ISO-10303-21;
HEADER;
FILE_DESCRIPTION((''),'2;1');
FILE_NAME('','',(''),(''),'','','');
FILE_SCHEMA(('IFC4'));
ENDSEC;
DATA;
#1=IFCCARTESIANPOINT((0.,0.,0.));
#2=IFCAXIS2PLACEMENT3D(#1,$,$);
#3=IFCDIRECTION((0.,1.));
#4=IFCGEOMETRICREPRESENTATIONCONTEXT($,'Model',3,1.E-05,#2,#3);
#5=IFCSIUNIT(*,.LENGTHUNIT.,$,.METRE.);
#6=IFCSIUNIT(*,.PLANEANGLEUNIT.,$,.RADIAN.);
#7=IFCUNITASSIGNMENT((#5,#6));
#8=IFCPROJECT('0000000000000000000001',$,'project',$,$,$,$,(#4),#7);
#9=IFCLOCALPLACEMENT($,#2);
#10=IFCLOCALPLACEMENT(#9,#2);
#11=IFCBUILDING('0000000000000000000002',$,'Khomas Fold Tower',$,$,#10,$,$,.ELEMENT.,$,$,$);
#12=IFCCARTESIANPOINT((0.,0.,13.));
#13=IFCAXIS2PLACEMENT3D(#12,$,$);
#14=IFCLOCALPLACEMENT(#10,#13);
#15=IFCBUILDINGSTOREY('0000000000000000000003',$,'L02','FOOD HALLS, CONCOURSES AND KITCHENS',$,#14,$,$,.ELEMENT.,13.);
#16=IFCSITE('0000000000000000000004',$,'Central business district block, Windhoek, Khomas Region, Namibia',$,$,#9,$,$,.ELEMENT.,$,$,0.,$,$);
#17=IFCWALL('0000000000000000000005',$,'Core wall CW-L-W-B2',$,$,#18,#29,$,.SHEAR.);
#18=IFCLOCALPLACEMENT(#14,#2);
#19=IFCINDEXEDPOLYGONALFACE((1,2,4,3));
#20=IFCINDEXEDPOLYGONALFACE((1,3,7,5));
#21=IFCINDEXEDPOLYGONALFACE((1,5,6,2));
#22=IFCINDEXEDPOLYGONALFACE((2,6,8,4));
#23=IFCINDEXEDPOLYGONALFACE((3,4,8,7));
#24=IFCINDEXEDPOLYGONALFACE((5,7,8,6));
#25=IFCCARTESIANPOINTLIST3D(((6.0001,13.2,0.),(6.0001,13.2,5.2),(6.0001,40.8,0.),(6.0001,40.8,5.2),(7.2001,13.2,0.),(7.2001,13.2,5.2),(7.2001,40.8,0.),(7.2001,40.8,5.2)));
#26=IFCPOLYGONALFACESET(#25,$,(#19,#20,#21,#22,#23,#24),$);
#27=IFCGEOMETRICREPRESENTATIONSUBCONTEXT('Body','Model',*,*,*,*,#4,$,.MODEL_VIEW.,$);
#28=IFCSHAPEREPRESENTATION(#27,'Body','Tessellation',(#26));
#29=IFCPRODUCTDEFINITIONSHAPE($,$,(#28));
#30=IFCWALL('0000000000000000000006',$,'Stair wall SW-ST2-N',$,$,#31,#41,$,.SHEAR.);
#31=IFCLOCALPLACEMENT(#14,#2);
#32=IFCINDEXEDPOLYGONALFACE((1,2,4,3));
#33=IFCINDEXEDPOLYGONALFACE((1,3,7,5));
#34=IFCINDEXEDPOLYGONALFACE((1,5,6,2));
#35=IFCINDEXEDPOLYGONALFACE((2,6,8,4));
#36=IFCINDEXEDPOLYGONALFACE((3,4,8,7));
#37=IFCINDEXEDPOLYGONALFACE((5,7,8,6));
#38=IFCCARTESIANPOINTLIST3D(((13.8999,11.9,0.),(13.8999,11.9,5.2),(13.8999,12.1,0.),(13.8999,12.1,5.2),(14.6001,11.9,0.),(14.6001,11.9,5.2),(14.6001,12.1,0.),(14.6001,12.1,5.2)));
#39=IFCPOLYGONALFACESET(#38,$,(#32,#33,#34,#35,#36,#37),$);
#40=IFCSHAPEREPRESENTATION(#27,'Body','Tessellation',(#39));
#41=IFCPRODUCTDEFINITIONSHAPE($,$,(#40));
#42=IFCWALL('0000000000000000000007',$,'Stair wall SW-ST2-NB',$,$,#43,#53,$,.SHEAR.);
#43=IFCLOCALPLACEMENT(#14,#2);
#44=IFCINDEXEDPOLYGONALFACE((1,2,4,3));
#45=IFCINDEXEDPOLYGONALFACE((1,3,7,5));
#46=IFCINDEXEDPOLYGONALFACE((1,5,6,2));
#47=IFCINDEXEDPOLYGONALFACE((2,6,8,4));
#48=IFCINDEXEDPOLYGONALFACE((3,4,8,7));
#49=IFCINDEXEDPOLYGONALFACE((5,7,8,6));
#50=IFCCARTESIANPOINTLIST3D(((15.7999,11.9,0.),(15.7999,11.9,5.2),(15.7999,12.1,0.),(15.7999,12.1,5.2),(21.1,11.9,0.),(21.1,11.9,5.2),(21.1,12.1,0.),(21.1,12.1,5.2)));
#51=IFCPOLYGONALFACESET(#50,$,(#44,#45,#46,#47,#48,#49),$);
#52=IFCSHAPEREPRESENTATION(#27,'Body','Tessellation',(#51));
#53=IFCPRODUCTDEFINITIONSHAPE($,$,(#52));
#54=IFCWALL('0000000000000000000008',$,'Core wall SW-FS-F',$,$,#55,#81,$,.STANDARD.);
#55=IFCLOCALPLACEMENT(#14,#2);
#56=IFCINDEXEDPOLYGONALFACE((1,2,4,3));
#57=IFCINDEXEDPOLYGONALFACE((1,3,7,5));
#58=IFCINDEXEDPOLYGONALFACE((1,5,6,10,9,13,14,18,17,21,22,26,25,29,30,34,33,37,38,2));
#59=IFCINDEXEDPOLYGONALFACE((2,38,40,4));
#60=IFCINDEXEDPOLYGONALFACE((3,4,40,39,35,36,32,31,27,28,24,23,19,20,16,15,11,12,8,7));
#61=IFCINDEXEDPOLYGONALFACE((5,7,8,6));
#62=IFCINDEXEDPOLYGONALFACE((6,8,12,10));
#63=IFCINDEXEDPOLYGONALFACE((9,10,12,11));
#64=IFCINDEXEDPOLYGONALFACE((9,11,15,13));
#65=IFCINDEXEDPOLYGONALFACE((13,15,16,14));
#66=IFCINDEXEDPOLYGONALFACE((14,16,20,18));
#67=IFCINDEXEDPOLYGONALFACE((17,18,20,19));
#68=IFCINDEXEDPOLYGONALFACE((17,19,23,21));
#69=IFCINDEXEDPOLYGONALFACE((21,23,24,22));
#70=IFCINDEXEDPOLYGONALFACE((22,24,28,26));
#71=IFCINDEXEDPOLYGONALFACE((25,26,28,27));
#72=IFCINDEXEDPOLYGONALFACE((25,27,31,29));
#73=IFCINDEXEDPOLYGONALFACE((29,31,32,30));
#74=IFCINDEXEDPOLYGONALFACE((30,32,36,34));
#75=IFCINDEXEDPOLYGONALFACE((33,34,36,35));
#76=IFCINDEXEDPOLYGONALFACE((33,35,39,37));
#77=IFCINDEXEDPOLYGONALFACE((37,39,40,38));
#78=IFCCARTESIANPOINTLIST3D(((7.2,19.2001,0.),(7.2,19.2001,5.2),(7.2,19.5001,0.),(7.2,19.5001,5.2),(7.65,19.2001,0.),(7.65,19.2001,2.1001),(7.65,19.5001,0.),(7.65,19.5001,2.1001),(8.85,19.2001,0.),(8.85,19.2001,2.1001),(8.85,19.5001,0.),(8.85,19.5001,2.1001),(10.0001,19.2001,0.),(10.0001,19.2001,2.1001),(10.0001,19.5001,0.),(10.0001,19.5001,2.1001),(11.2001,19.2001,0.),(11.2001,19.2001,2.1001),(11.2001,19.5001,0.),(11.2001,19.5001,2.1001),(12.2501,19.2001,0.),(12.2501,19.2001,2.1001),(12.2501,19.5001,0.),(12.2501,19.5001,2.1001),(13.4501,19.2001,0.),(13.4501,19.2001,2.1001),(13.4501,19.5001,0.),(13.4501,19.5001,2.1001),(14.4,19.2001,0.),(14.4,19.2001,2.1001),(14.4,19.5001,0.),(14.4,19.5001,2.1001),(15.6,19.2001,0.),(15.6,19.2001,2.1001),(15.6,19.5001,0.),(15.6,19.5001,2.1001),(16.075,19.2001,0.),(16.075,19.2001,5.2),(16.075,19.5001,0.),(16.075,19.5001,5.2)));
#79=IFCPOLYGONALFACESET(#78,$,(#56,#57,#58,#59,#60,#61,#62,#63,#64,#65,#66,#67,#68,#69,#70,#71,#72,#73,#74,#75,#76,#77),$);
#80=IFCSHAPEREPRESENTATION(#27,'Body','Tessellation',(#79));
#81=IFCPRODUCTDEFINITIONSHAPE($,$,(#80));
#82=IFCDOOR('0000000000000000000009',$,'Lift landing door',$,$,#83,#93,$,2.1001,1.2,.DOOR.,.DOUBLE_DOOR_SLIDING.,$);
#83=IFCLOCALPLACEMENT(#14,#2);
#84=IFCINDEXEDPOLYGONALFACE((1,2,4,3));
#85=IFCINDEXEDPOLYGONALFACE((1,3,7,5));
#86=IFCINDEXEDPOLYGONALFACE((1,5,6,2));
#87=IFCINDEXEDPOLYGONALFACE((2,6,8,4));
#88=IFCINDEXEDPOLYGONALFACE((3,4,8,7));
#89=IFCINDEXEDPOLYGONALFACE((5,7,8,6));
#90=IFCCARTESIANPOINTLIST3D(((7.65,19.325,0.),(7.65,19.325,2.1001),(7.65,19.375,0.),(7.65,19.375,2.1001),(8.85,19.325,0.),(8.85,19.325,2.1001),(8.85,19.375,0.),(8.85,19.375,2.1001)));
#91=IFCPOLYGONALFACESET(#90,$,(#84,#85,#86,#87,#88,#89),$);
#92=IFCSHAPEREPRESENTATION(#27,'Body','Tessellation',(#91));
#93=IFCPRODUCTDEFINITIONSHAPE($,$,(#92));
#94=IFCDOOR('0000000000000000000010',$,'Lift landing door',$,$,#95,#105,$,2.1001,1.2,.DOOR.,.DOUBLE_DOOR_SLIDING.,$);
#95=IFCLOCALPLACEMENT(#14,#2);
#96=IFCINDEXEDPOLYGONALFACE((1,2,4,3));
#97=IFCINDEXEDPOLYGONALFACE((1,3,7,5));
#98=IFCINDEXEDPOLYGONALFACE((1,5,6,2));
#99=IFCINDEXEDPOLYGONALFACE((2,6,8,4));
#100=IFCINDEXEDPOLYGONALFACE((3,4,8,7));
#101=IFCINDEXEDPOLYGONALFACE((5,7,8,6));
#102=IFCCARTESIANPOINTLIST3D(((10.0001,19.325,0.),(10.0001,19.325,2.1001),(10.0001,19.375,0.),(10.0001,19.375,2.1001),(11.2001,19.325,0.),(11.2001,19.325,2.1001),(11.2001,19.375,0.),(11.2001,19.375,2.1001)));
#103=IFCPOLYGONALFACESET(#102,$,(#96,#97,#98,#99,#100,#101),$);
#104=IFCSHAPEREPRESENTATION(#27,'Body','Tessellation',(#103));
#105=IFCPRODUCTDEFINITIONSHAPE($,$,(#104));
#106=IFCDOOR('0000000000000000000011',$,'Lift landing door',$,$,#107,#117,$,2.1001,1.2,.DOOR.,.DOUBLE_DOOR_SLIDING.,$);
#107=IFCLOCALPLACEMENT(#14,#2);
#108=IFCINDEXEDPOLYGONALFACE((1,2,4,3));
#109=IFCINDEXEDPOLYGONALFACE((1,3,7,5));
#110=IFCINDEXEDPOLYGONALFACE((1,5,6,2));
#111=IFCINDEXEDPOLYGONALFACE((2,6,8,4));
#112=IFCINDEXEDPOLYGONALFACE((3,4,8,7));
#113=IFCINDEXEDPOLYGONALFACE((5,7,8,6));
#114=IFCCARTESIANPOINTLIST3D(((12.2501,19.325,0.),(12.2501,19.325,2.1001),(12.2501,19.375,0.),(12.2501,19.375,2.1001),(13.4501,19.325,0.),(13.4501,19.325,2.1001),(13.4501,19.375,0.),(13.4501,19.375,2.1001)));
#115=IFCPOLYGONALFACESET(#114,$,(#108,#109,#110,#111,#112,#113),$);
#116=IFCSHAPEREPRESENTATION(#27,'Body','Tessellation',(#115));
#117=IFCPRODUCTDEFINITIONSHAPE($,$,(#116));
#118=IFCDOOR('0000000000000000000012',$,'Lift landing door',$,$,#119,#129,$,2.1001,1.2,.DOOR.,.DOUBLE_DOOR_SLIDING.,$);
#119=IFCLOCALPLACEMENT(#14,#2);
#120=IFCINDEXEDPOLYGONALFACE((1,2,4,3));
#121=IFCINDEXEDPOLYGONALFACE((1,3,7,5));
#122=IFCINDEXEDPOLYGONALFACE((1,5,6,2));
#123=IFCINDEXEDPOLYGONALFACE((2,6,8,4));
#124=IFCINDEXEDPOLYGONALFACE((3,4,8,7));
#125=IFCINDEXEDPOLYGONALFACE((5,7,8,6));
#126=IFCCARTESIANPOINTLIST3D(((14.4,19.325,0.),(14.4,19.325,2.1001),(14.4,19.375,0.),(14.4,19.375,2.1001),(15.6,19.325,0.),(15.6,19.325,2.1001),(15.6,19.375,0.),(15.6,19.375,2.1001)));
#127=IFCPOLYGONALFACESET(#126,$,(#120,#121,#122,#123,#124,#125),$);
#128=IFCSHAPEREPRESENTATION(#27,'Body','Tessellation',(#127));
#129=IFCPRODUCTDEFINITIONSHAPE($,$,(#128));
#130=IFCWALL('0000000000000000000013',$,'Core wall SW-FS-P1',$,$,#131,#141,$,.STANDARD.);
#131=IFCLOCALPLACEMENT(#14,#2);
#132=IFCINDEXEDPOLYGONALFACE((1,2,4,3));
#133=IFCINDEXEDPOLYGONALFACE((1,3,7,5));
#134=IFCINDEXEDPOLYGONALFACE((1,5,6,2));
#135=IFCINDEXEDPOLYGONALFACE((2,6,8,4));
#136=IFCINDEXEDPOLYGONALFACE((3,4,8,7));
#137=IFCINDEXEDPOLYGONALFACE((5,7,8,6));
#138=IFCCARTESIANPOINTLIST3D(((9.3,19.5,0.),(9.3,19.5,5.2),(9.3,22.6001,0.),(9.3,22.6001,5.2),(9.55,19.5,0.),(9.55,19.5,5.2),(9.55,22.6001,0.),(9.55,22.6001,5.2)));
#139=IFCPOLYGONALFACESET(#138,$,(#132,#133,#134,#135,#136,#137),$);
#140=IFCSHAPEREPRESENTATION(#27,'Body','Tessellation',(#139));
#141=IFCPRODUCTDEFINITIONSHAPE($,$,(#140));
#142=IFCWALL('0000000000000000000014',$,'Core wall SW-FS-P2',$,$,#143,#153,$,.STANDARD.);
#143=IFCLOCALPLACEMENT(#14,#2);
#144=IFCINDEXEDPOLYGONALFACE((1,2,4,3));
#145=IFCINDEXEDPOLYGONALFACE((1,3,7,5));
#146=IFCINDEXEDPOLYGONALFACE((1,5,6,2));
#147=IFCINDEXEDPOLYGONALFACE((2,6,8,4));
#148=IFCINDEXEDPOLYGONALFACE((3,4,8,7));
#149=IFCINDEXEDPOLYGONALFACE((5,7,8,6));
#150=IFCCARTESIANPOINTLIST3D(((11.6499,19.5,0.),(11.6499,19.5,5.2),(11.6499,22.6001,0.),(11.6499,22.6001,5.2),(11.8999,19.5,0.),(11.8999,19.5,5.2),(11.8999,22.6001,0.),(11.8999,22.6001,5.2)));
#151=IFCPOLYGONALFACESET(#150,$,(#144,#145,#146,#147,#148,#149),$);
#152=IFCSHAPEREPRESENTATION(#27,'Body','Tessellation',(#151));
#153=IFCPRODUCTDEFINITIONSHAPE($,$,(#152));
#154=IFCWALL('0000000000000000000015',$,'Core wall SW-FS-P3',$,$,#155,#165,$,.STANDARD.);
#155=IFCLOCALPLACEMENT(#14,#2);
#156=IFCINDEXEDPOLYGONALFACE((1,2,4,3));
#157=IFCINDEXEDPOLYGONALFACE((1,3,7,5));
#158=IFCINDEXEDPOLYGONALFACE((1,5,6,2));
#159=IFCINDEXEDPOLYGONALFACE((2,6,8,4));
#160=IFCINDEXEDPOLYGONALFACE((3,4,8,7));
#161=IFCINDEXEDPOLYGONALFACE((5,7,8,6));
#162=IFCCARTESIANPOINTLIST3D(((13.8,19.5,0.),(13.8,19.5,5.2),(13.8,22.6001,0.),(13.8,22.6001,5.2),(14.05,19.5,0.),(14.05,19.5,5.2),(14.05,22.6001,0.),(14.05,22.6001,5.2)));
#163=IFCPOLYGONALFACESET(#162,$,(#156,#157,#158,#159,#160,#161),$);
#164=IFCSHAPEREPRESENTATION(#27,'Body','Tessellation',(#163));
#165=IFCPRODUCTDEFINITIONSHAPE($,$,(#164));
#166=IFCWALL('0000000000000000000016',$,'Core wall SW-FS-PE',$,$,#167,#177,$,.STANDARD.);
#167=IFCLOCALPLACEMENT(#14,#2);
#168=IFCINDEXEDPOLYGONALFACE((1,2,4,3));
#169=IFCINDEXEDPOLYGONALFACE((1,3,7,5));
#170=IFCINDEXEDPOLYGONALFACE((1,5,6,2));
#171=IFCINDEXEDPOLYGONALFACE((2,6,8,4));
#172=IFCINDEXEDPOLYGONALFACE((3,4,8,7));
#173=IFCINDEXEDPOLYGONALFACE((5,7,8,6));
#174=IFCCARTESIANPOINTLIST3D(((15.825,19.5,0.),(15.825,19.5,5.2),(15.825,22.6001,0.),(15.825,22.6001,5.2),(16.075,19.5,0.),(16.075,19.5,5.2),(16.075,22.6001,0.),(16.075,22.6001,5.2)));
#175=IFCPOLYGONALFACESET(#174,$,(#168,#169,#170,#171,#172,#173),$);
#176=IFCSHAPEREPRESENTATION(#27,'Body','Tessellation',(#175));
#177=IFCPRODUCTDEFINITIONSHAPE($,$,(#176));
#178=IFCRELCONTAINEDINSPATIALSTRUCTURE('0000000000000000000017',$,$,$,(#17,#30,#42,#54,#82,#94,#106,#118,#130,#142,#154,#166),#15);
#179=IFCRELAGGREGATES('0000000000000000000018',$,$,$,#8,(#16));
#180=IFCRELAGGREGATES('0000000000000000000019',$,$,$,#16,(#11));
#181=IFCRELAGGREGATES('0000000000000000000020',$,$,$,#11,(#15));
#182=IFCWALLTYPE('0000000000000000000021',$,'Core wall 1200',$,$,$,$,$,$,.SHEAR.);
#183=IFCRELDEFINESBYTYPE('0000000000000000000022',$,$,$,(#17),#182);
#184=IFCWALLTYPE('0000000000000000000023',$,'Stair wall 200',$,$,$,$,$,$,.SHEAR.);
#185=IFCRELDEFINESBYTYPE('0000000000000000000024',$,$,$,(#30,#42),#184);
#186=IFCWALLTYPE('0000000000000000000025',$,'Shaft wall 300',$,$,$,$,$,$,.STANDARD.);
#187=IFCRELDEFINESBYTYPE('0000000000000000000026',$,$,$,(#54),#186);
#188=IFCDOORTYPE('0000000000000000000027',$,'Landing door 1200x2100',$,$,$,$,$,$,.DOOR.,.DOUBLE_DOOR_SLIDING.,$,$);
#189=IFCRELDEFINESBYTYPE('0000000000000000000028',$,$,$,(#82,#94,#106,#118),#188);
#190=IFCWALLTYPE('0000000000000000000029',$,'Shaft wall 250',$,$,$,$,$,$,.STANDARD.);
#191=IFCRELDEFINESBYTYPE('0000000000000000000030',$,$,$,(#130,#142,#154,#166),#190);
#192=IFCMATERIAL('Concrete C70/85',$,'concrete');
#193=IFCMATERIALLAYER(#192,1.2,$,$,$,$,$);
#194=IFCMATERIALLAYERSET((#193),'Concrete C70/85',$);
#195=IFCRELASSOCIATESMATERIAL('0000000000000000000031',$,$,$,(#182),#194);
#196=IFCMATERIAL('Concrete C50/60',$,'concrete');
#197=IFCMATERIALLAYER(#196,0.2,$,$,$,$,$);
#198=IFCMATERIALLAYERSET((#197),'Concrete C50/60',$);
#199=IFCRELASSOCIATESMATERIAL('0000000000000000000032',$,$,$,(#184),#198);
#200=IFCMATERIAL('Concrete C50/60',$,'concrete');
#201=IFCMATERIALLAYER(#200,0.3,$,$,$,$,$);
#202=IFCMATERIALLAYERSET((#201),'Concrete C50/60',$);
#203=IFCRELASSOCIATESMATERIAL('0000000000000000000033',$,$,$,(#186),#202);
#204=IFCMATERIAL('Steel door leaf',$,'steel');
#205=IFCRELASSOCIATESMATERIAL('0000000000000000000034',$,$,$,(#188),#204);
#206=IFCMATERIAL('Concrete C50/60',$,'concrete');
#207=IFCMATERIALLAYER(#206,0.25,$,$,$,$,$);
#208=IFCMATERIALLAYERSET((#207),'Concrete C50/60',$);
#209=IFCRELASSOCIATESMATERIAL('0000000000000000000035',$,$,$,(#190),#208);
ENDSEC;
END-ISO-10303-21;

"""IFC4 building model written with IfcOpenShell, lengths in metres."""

from ifc_helpers import new_model, si_unit, direction, frame, frame_2d, origin, place, context, subcontext, project, spatial, rectangle, extrude, source, transform, mapped, material, layer, layer_set, type_object, element, fill, save


model = new_model("IFC4")

# Units and contexts
model_context = context("Model", 3, precision=1e-05, world=origin(), true_north=direction((0.0, 1.0)))
body_context = subcontext(model_context, "Body", "Model", "MODEL_VIEW")
ifc_project = project(units=[si_unit("LENGTHUNIT", "METRE"), si_unit("PLANEANGLEUNIT", "RADIAN")], contexts=[model_context])

# Site, building, storey
site_placement = place(None, origin())
site = spatial("IfcSite", under=ifc_project, at=site_placement, Name="Central business district block, Windhoek, Khomas Region, Namibia", CompositionType="ELEMENT", RefElevation=0.0)
building_placement = place(site_placement, origin())
building = spatial("IfcBuilding", under=site, at=building_placement, Name="Khomas Fold Tower", CompositionType="ELEMENT")
storey_placement = place(building_placement, frame((0.0, 0.0, 13.0)))
storey = spatial("IfcBuildingStorey", under=building, at=storey_placement, Name="L02", Description="FOOD HALLS, CONCOURSES AND KITCHENS", CompositionType="ELEMENT", Elevation=13.0)

# Shared definitions
ifc_material_1 = material(Name="Concrete C70/85", Category="concrete")
ifc_layer_1 = layer(ifc_material_1, 1.2)
ifc_layer_set_1 = layer_set([ifc_layer_1], Name="Concrete C70/85")
wall_type_1 = type_object("IfcWallType", Name="Core wall 1200", PredefinedType="SHEAR", material=ifc_layer_set_1)

# Walls
shared_shape_1 = source(origin(), body_context, "Body", "SweptSolid", [
    extrude(rectangle(XDim=27.6001, YDim=1.2, at=frame_2d((13.8, 0.0))), origin(), (0.0, 0.0, 1.0), 5.2),
])
wall_1_placement = place(storey_placement, frame((6.6001, 13.2, 0.0), z_axis=(0.0, 0.0, 1.0), x_axis=(0.0, 1.0, 0.0)))
element("IfcWall", 1, at=wall_1_placement, inside=storey, type_object=wall_type_1, Name="Core wall CW-L-W-B2", PredefinedType="SHEAR", context=body_context, shape_type="MappedRepresentation", body=[
    mapped(shared_shape_1, transform((0.0, 0.0, 0.0))),
])
ifc_material_2 = material(Name="Concrete C50/60", Category="concrete")
ifc_layer_2 = layer(ifc_material_2, 0.2)
ifc_layer_set_2 = layer_set([ifc_layer_2], Name="Concrete C50/60")
wall_type_2 = type_object("IfcWallType", Name="Stair wall 200", PredefinedType="SHEAR", material=ifc_layer_set_2)
shared_shape_2 = source(origin(), body_context, "Body", "SweptSolid", [
    extrude(rectangle(XDim=0.7002, YDim=0.2, at=frame_2d((0.3501, 0.0))), origin(), (0.0, 0.0, 1.0), 5.2),
])
wall_2_placement = place(storey_placement, frame((13.8999, 12.0, 0.0), z_axis=(0.0, 0.0, 1.0), x_axis=(1.0, 0.0, 0.0)))
element("IfcWall", 2, at=wall_2_placement, inside=storey, type_object=wall_type_2, Name="Stair wall SW-ST2-N", PredefinedType="SHEAR", context=body_context, shape_type="MappedRepresentation", body=[
    mapped(shared_shape_2, transform((0.0, 0.0, 0.0))),
])
shared_shape_3 = source(origin(), body_context, "Body", "SweptSolid", [
    extrude(rectangle(XDim=5.3, YDim=0.2, at=frame_2d((2.6499, 0.0))), origin(), (0.0, 0.0, 1.0), 5.2),
])
wall_3_placement = place(storey_placement, frame((15.8, 12.0, 0.0), z_axis=(0.0, 0.0, 1.0), x_axis=(1.0, 0.0, 0.0)))
element("IfcWall", 3, at=wall_3_placement, inside=storey, type_object=wall_type_2, Name="Stair wall SW-ST2-NB", PredefinedType="SHEAR", context=body_context, shape_type="MappedRepresentation", body=[
    mapped(shared_shape_3, transform((0.0, 0.0, 0.0))),
])

# Wall, openings, doors
ifc_material_3 = material(Name="Concrete C50/60", Category="concrete")
ifc_layer_3 = layer(ifc_material_3, 0.3)
ifc_layer_set_3 = layer_set([ifc_layer_3], Name="Concrete C50/60")
wall_type_3 = type_object("IfcWallType", Name="Shaft wall 300", PredefinedType="STANDARD", material=ifc_layer_set_3)
shared_shape_4 = source(origin(), body_context, "Body", "SweptSolid", [
    extrude(rectangle(XDim=8.875, YDim=0.3, at=frame_2d((4.4375, 0.0))), origin(), (0.0, 0.0, 1.0), 5.2),
])
wall_4_placement = place(storey_placement, frame((7.2, 19.3501, 0.0), z_axis=(0.0, 0.0, 1.0), x_axis=(1.0, 0.0, 0.0)))
wall_4 = element("IfcWall", 4, at=wall_4_placement, inside=storey, type_object=wall_type_3, Name="Core wall SW-FS-F", PredefinedType="STANDARD", context=body_context, shape_type="MappedRepresentation", body=[
    mapped(shared_shape_4, transform((0.0, 0.0, 0.0))),
])
shared_shape_5 = source(origin(), body_context, "Body", "SweptSolid", [
    extrude(rectangle(XDim=1.2, YDim=2.1001, at=frame_2d((0.6001, 1.05))), frame((0.0, 0.1599, 0.0), z_axis=(0.0, -1.0, 0.0), x_axis=(1.0, 0.0, 0.0)), (0.0, 0.0, 1.0), 0.3201),
])
opening_1_placement = place(wall_4_placement, frame((0.45, 0.0, 0.0)))
opening_1 = element("IfcOpeningElement", 5, at=opening_1_placement, cuts=wall_4, PredefinedType="OPENING", context=body_context, shape_type="MappedRepresentation", body=[
    mapped(shared_shape_5, transform((0.0, 0.0, 0.0))),
])
opening_2_placement = place(wall_4_placement, frame((2.8, 0.0, 0.0)))
opening_2 = element("IfcOpeningElement", 6, at=opening_2_placement, cuts=wall_4, PredefinedType="OPENING", context=body_context, shape_type="MappedRepresentation", body=[
    mapped(shared_shape_5, transform((0.0, 0.0, 0.0))),
])
opening_3_placement = place(wall_4_placement, frame((5.05, 0.0, 0.0)))
opening_3 = element("IfcOpeningElement", 7, at=opening_3_placement, cuts=wall_4, PredefinedType="OPENING", context=body_context, shape_type="MappedRepresentation", body=[
    mapped(shared_shape_5, transform((0.0, 0.0, 0.0))),
])
opening_4_placement = place(wall_4_placement, frame((7.2, 0.0, 0.0)))
opening_4 = element("IfcOpeningElement", 8, at=opening_4_placement, cuts=wall_4, PredefinedType="OPENING", context=body_context, shape_type="MappedRepresentation", body=[
    mapped(shared_shape_5, transform((0.0, 0.0, 0.0))),
])
ifc_material_4 = material(Name="Steel door leaf", Category="steel")
door_type_1 = type_object("IfcDoorType", Name="Landing door 1200x2100", OperationType="DOUBLE_DOOR_SLIDING", PredefinedType="DOOR", material=ifc_material_4)
shared_shape_6 = source(origin(), body_context, "Body", "SweptSolid", [
    extrude(rectangle(XDim=1.2, YDim=2.1001, at=frame_2d((0.6001, 1.05))), frame((0.0, 0.0249, 0.0), z_axis=(0.0, -1.0, 0.0), x_axis=(1.0, 0.0, 0.0)), (0.0, 0.0, 1.0), 0.05),
])
door_1_placement = place(opening_1_placement, origin())
door_1 = element("IfcDoor", 9, at=door_1_placement, inside=storey, type_object=door_type_1, Name="Lift landing door", OperationType="DOUBLE_DOOR_SLIDING", OverallHeight=2.1001, OverallWidth=1.2, PredefinedType="DOOR", context=body_context, shape_type="MappedRepresentation", body=[
    mapped(shared_shape_6, transform((0.0, 0.0, 0.0))),
])
fill(opening_1, door_1)
door_2_placement = place(opening_2_placement, origin())
door_2 = element("IfcDoor", 10, at=door_2_placement, inside=storey, type_object=door_type_1, Name="Lift landing door", OperationType="DOUBLE_DOOR_SLIDING", OverallHeight=2.1001, OverallWidth=1.2, PredefinedType="DOOR", context=body_context, shape_type="MappedRepresentation", body=[
    mapped(shared_shape_6, transform((0.0, 0.0, 0.0))),
])
fill(opening_2, door_2)
door_3_placement = place(opening_3_placement, origin())
door_3 = element("IfcDoor", 11, at=door_3_placement, inside=storey, type_object=door_type_1, Name="Lift landing door", OperationType="DOUBLE_DOOR_SLIDING", OverallHeight=2.1001, OverallWidth=1.2, PredefinedType="DOOR", context=body_context, shape_type="MappedRepresentation", body=[
    mapped(shared_shape_6, transform((0.0, 0.0, 0.0))),
])
fill(opening_3, door_3)
door_4_placement = place(opening_4_placement, origin())
door_4 = element("IfcDoor", 12, at=door_4_placement, inside=storey, type_object=door_type_1, Name="Lift landing door", OperationType="DOUBLE_DOOR_SLIDING", OverallHeight=2.1001, OverallWidth=1.2, PredefinedType="DOOR", context=body_context, shape_type="MappedRepresentation", body=[
    mapped(shared_shape_6, transform((0.0, 0.0, 0.0))),
])
fill(opening_4, door_4)

# Walls
ifc_material_5 = material(Name="Concrete C50/60", Category="concrete")
ifc_layer_4 = layer(ifc_material_5, 0.25)
ifc_layer_set_4 = layer_set([ifc_layer_4], Name="Concrete C50/60")
wall_type_4 = type_object("IfcWallType", Name="Shaft wall 250", PredefinedType="STANDARD", material=ifc_layer_set_4)
shared_shape_7 = source(origin(), body_context, "Body", "SweptSolid", [
    extrude(rectangle(XDim=3.1001, YDim=0.25, at=frame_2d((1.55, 0.0))), origin(), (0.0, 0.0, 1.0), 5.2),
])
for number, where, z_axis, x_axis, name in (
    (13, (9.425, 19.5, 0.0), (0.0, 0.0, 1.0), (0.0, 1.0, 0.0), "Core wall SW-FS-P1"),
    (14, (11.7749, 19.5, 0.0), (0.0, 0.0, 1.0), (0.0, 1.0, 0.0), "Core wall SW-FS-P2"),
    (15, (13.925, 19.5, 0.0), (0.0, 0.0, 1.0), (0.0, 1.0, 0.0), "Core wall SW-FS-P3"),
    (16, (15.95, 19.5, 0.0), (0.0, 0.0, 1.0), (0.0, 1.0, 0.0), "Core wall SW-FS-PE"),
):
    element("IfcWall", number, at=place(storey_placement, frame(where, z_axis=z_axis, x_axis=x_axis)), inside=storey, type_object=wall_type_4, Name=name, PredefinedType="STANDARD", context=body_context, shape_type="MappedRepresentation", body=[
        mapped(shared_shape_7, transform((0.0, 0.0, 0.0))),
    ])

save(model, "model.ifc")
